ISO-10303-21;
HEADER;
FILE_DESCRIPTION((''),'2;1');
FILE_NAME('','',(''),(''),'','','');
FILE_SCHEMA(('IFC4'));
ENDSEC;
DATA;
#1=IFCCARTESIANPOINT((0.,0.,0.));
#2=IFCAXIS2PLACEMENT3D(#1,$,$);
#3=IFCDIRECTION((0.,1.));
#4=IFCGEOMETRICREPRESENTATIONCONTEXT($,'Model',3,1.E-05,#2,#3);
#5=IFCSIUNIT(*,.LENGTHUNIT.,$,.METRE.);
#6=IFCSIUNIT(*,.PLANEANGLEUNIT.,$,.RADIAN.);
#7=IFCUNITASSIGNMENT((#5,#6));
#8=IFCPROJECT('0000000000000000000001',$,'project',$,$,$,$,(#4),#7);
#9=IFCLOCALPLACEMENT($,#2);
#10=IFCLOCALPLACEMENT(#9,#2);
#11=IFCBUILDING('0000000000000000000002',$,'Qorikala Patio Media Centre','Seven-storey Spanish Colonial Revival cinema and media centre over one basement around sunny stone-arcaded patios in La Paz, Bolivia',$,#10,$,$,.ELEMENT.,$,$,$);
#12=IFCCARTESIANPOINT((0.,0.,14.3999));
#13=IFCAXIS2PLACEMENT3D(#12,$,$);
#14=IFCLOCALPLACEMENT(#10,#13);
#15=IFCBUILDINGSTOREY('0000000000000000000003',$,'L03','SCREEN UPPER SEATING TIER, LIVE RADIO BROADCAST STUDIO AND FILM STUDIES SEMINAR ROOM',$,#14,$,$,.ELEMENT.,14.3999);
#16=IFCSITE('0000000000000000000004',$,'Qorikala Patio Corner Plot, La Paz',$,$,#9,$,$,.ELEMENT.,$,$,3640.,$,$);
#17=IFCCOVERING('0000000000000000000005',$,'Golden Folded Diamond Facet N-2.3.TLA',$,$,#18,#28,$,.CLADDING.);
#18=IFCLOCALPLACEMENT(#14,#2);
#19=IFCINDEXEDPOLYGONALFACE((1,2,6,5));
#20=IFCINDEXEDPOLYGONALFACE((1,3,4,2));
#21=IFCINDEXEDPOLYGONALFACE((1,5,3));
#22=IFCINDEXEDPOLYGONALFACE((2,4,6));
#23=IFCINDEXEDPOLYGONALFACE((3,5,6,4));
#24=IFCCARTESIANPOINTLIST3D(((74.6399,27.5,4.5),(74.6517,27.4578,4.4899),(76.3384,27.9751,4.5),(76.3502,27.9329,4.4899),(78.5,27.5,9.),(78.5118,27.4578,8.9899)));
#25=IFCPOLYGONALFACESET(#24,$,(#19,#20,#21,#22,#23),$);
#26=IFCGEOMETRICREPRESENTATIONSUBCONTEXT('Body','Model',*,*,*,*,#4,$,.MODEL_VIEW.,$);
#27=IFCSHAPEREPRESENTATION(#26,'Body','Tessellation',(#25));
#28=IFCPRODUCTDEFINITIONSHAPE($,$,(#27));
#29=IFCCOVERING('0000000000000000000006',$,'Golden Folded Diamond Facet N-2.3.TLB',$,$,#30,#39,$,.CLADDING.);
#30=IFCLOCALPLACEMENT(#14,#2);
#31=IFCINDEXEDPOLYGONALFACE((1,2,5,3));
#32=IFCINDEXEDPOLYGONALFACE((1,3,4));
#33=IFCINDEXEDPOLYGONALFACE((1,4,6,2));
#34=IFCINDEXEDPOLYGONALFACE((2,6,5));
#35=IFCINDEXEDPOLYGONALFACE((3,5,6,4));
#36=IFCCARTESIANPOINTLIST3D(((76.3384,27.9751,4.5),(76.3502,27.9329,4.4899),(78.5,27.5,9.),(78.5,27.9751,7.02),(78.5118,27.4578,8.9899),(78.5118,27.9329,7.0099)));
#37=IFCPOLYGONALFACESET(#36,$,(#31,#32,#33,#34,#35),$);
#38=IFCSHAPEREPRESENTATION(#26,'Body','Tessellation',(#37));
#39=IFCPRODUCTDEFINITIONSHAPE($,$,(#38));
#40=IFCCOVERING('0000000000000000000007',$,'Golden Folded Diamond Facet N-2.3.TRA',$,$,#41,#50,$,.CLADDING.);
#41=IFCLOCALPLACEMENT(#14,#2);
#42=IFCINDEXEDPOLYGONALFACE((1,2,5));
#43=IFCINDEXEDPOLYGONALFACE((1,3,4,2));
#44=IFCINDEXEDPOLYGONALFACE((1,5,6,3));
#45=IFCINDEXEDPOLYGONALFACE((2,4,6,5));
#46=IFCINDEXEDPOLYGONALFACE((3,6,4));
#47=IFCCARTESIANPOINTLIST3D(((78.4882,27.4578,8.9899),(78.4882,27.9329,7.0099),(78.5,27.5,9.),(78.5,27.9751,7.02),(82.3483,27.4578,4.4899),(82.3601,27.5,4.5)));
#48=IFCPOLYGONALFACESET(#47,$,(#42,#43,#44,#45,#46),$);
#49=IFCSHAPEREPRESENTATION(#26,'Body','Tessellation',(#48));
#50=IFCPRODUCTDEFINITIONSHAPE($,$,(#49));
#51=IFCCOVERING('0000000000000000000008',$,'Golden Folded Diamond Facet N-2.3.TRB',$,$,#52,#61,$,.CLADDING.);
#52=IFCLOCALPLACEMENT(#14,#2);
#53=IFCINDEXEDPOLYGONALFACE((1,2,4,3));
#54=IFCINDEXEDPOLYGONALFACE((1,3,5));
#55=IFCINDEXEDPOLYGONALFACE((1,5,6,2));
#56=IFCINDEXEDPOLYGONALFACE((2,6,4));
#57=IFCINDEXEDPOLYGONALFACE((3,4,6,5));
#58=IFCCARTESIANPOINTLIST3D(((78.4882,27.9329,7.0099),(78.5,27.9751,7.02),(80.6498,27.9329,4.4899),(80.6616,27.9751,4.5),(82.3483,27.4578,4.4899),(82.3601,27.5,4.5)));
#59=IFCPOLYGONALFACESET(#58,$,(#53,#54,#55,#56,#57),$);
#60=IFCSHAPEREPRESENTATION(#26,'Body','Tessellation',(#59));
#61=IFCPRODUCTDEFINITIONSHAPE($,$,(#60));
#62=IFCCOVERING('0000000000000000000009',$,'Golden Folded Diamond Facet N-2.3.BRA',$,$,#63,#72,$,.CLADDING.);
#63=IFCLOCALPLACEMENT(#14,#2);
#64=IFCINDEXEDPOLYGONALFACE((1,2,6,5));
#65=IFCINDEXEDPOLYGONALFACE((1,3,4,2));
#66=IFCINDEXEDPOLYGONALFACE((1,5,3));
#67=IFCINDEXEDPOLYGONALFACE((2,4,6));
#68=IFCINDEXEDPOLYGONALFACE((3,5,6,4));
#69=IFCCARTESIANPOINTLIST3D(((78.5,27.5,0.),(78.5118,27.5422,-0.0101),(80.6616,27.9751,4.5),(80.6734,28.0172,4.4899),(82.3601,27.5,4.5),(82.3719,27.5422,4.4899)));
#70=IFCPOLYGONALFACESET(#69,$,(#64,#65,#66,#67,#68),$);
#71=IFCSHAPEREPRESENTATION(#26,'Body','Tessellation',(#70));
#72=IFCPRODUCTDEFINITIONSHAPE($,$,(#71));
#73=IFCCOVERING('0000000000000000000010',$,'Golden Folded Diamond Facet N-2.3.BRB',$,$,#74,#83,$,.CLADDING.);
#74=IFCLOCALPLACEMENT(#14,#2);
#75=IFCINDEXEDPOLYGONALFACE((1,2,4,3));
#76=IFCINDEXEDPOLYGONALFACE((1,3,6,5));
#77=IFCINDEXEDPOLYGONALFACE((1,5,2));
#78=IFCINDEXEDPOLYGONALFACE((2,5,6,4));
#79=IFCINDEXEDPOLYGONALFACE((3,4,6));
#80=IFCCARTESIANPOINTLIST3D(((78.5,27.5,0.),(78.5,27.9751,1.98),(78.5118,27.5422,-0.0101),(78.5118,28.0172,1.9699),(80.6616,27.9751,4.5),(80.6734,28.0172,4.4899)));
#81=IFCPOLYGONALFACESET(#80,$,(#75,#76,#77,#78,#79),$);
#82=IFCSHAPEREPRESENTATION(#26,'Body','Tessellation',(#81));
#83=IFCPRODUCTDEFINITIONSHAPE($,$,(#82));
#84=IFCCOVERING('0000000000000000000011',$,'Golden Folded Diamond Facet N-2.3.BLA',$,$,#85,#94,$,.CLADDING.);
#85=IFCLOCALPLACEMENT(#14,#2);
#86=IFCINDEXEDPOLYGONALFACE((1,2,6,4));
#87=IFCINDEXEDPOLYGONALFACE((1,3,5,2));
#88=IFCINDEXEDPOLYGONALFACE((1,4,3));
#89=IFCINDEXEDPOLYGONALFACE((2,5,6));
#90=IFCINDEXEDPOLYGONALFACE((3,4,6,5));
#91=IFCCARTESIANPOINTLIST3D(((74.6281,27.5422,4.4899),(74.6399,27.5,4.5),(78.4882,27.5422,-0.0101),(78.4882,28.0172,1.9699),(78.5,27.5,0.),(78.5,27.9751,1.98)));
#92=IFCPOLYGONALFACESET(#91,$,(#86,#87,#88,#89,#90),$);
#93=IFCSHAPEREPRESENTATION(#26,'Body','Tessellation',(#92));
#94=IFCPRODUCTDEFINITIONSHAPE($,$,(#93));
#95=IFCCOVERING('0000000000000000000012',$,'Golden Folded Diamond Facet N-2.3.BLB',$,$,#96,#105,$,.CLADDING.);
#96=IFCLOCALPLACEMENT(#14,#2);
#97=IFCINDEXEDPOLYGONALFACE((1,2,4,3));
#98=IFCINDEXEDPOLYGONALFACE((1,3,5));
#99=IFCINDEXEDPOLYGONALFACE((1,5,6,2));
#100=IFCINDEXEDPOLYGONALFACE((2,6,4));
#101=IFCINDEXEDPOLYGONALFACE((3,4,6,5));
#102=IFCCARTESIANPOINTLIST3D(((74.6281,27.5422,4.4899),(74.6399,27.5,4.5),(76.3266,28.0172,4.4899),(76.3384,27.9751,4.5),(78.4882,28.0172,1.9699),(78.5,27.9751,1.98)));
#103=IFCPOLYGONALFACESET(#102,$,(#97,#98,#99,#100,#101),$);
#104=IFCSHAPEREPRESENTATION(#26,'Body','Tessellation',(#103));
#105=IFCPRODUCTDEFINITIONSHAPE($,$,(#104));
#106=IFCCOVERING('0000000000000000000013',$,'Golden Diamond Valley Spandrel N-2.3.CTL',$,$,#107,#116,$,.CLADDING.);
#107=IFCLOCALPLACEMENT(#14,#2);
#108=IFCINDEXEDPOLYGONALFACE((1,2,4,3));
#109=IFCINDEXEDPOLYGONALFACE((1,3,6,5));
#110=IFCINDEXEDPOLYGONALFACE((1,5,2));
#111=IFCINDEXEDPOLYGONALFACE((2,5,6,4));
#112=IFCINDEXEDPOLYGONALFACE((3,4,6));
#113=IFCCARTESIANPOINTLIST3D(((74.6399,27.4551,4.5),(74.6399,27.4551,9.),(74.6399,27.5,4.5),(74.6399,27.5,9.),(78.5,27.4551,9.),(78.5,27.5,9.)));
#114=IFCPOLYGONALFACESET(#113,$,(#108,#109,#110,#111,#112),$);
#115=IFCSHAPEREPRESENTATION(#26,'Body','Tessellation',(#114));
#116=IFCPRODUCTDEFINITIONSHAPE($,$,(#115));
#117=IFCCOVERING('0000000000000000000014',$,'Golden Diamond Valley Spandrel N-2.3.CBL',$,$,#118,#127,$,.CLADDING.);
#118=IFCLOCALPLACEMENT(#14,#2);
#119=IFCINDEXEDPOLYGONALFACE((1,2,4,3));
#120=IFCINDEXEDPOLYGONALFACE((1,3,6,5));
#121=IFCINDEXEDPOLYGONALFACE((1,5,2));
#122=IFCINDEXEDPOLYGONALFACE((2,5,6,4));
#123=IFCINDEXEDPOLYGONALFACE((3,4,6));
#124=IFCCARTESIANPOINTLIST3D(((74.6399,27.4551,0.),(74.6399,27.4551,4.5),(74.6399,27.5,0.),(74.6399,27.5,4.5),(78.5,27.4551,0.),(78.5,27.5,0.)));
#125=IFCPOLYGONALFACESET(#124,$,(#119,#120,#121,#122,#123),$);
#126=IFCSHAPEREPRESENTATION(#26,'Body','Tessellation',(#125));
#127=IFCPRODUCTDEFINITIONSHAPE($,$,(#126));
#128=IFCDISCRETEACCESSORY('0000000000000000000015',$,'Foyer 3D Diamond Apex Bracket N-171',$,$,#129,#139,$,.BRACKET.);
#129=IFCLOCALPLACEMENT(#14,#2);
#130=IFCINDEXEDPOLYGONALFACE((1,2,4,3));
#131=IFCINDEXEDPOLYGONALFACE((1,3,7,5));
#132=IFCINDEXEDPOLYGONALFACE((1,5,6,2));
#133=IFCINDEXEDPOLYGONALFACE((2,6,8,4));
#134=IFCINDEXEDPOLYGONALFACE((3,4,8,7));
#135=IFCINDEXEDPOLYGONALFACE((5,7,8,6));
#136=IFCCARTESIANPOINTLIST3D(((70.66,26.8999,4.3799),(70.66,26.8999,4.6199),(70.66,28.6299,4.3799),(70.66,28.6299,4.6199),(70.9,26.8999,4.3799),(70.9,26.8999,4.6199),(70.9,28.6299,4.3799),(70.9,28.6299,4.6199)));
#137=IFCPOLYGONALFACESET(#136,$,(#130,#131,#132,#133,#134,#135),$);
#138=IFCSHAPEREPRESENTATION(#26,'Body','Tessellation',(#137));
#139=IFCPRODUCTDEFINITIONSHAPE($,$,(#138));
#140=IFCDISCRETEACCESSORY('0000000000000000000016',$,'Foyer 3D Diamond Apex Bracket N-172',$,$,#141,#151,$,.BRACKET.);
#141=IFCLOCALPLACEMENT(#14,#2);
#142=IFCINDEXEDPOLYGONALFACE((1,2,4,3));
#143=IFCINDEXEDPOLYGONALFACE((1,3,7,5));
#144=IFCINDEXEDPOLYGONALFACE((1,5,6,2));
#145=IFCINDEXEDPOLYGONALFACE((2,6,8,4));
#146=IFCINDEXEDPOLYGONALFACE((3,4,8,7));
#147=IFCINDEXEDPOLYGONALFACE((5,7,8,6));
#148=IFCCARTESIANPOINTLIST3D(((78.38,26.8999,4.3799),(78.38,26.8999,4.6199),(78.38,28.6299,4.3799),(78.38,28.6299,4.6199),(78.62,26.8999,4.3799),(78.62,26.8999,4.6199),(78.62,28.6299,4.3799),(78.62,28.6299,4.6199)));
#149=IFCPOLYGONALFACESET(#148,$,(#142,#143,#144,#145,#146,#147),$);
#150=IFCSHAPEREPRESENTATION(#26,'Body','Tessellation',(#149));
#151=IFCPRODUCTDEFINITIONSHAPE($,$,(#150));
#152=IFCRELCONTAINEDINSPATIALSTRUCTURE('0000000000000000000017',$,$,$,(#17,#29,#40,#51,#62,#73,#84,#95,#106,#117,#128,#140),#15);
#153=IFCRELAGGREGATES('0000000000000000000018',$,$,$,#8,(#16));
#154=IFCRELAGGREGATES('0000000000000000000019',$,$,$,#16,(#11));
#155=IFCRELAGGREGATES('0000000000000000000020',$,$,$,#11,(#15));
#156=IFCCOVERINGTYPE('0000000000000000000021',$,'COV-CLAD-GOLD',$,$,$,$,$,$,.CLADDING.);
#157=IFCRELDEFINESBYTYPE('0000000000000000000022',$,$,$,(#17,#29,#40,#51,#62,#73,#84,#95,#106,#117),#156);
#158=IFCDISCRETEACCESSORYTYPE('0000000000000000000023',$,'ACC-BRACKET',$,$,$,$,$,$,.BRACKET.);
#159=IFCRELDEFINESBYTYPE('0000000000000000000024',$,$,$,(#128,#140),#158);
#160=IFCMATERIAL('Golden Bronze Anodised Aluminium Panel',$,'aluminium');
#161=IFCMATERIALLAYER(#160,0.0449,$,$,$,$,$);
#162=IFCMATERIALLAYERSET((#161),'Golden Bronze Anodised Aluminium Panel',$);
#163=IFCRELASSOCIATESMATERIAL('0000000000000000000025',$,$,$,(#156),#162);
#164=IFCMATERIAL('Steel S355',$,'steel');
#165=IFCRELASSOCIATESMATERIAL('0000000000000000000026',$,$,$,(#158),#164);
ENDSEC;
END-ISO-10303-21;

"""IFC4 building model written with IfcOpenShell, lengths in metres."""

from ifc_helpers import new_model, si_unit, direction, frame, origin, origin_2d, place, context, subcontext, project, spatial, polyline, rectangle, outline, extrude, material, layer, layer_set, type_object, element, save


model = new_model("IFC4")

# Units and contexts
model_context = context("Model", 3, precision=1e-05, world=origin(), true_north=direction((0.0, 1.0)))
body_context = subcontext(model_context, "Body", "Model", "MODEL_VIEW")
ifc_project = project(units=[si_unit("LENGTHUNIT", "METRE"), si_unit("PLANEANGLEUNIT", "RADIAN")], contexts=[model_context])

# Site, building, storey
site_placement = place(None, origin())
site = spatial("IfcSite", under=ifc_project, at=site_placement, Name="Qorikala Patio Corner Plot, La Paz", CompositionType="ELEMENT", RefElevation=3640.0)
building_placement = place(site_placement, origin())
building = spatial("IfcBuilding", under=site, at=building_placement, Name="Qorikala Patio Media Centre", Description="Seven-storey Spanish Colonial Revival cinema and media centre over one basement around sunny stone-arcaded patios in La Paz, Bolivia", CompositionType="ELEMENT")
storey_placement = place(building_placement, frame((0.0, 0.0, 14.3999)))
storey = spatial("IfcBuildingStorey", under=building, at=storey_placement, Name="L03", Description="SCREEN UPPER SEATING TIER, LIVE RADIO BROADCAST STUDIO AND FILM STUDIES SEMINAR ROOM", CompositionType="ELEMENT", Elevation=14.3999)

# Coverings
ifc_material_1 = material(Name="Golden Bronze Anodised Aluminium Panel", Category="aluminium")
ifc_layer_1 = layer(ifc_material_1, 0.0449)
ifc_layer_set_1 = layer_set([ifc_layer_1], Name="Golden Bronze Anodised Aluminium Panel")
covering_type = type_object("IfcCoveringType", Name="COV-CLAD-GOLD", PredefinedType="CLADDING", material=ifc_layer_set_1)
covering_1_placement = place(storey_placement, frame((78.5, 27.5, 9.0), z_axis=(-0.262462, 0.93831, 0.225141), x_axis=(-0.65108, 0.0, -0.759009)))
element("IfcCovering", 1, at=covering_1_placement, inside=storey, type_object=covering_type, Name="Golden Folded Diamond Facet N-2.3.TLA", PredefinedType="CLADDING", context=body_context, shape_type="SweptSolid", body=[
    extrude(outline(polyline([(0.0, 0.0), (5.9288, 0.0), (4.8229, -1.3739), (0.0, 0.0)])), origin(), (0.0, 0.0, -1.0), 0.0449),
])
covering_2_placement = place(storey_placement, frame((78.5, 27.5, 9.0), z_axis=(-0.262476, 0.938304, 0.225147), x_axis=(-0.431047, 0.094739, -0.897342)))
element("IfcCovering", 2, at=covering_2_placement, inside=storey, type_object=covering_type, Name="Golden Folded Diamond Facet N-2.3.TLB", PredefinedType="CLADDING", context=body_context, shape_type="SweptSolid", body=[
    extrude(outline(polyline([(0.0, 0.0), (5.0148, 0.0), (1.8217, -0.9096), (0.0, 0.0)])), origin(), (0.0, 0.0, -1.0), 0.0449),
])
covering_3_placement = place(storey_placement, frame((82.3601, 27.5, 4.5), z_axis=(0.26247, 0.938306, 0.225147), x_axis=(-0.65108, 0.0, 0.759009)))
element("IfcCovering", 3, at=covering_3_placement, inside=storey, type_object=covering_type, Name="Golden Folded Diamond Facet N-2.3.TRA", PredefinedType="CLADDING", context=body_context, shape_type="SweptSolid", body=[
    extrude(outline(polyline([(0.0, 0.0), (5.9288, 0.0), (4.426, -1.3739), (0.0, 0.0)])), origin(), (0.0, 0.0, -1.0), 0.0449),
])
covering_4_placement = place(storey_placement, frame((82.3601, 27.5, 4.5), z_axis=(0.262463, 0.938311, 0.225135), x_axis=(-0.832945, 0.102518, 0.543777)))
element("IfcCovering", 4, at=covering_4_placement, inside=storey, type_object=covering_type, Name="Golden Folded Diamond Facet N-2.3.TRB", PredefinedType="CLADDING", context=body_context, shape_type="SweptSolid", body=[
    extrude(outline(polyline([(0.0, 0.0), (4.6343, 0.0), (1.4635, -0.9843), (0.0, 0.0)])), origin(), (0.0, 0.0, -1.0), 0.0449),
])
covering_5_placement = place(storey_placement, frame((78.5, 27.5, 0.0), z_axis=(-0.262462, -0.93831, 0.225141), x_axis=(0.65108, 0.0, 0.759009)))
element("IfcCovering", 5, at=covering_5_placement, inside=storey, type_object=covering_type, Name="Golden Folded Diamond Facet N-2.3.BRA", PredefinedType="CLADDING", context=body_context, shape_type="SweptSolid", body=[
    extrude(outline(polyline([(0.0, 0.0), (5.9288, 0.0), (4.8229, 1.3739), (0.0, 0.0)])), origin(), (0.0, 0.0, -1.0), 0.0449),
])
covering_6_placement = place(storey_placement, frame((78.5, 27.5, 0.0), z_axis=(-0.262476, -0.938304, 0.225147), x_axis=(0.431047, 0.094739, 0.897342)))
element("IfcCovering", 6, at=covering_6_placement, inside=storey, type_object=covering_type, Name="Golden Folded Diamond Facet N-2.3.BRB", PredefinedType="CLADDING", context=body_context, shape_type="SweptSolid", body=[
    extrude(outline(polyline([(0.0, 0.0), (5.0148, 0.0), (1.8217, 0.9096), (0.0, 0.0)])), origin(), (0.0, 0.0, -1.0), 0.0449),
])
covering_7_placement = place(storey_placement, frame((74.6399, 27.5, 4.5), z_axis=(0.26247, -0.938306, 0.225147), x_axis=(0.65108, 0.0, -0.759009)))
element("IfcCovering", 7, at=covering_7_placement, inside=storey, type_object=covering_type, Name="Golden Folded Diamond Facet N-2.3.BLA", PredefinedType="CLADDING", context=body_context, shape_type="SweptSolid", body=[
    extrude(outline(polyline([(0.0, 0.0), (5.9288, 0.0), (4.426, 1.3739), (0.0, 0.0)])), origin(), (0.0, 0.0, -1.0), 0.0449),
])
covering_8_placement = place(storey_placement, frame((74.6399, 27.5, 4.5), z_axis=(0.262463, -0.938311, 0.225135), x_axis=(0.832945, 0.102518, -0.543777)))
element("IfcCovering", 8, at=covering_8_placement, inside=storey, type_object=covering_type, Name="Golden Folded Diamond Facet N-2.3.BLB", PredefinedType="CLADDING", context=body_context, shape_type="SweptSolid", body=[
    extrude(outline(polyline([(0.0, 0.0), (4.6343, 0.0), (1.4635, 0.9843), (0.0, 0.0)])), origin(), (0.0, 0.0, -1.0), 0.0449),
])
covering_9_placement = place(storey_placement, frame((74.6399, 27.5, 9.0), z_axis=(0.0, 1.0, 0.0), x_axis=(1.0, 0.0, 0.0)))
element("IfcCovering", 9, at=covering_9_placement, inside=storey, type_object=covering_type, Name="Golden Diamond Valley Spandrel N-2.3.CTL", PredefinedType="CLADDING", context=body_context, shape_type="SweptSolid", body=[
    extrude(outline(polyline([(0.0, 0.0), (3.8601, 0.0), (0.0, 4.5), (0.0, 0.0)])), origin(), (0.0, 0.0, -1.0), 0.0449),
])
covering_10_placement = place(storey_placement, frame((74.6399, 27.5, 0.0), z_axis=(0.0, 1.0, 0.0), x_axis=(0.0, 0.0, 1.0)))
element("IfcCovering", 10, at=covering_10_placement, inside=storey, type_object=covering_type, Name="Golden Diamond Valley Spandrel N-2.3.CBL", PredefinedType="CLADDING", context=body_context, shape_type="SweptSolid", body=[
    extrude(outline(polyline([(0.0, 0.0), (4.5, 0.0), (0.0, 3.8601), (0.0, 0.0)])), origin(), (0.0, 0.0, -1.0), 0.0449),
])

# Discrete accessories
ifc_material_2 = material(Name="Steel S355", Category="steel")
discrete_accessory_type = type_object("IfcDiscreteAccessoryType", Name="ACC-BRACKET", PredefinedType="BRACKET", material=ifc_material_2)
for number, where, z_axis, x_axis, name in (
    (11, (70.78, 27.7649, 4.3799), (0.0, 0.0, 1.0), (1.0, 0.0, 0.0), "Foyer 3D Diamond Apex Bracket N-171"),
    (12, (78.5, 27.7649, 4.3799), (0.0, 0.0, 1.0), (1.0, 0.0, 0.0), "Foyer 3D Diamond Apex Bracket N-172"),
):
    element("IfcDiscreteAccessory", number, at=place(storey_placement, frame(where, z_axis=z_axis, x_axis=x_axis)), inside=storey, type_object=discrete_accessory_type, Name=name, PredefinedType="BRACKET", context=body_context, shape_type="SweptSolid", body=[
        extrude(rectangle(XDim=0.24, YDim=1.73, at=origin_2d()), origin(), (0.0, 0.0, 1.0), 0.24),
    ])

save(model, "model.ifc")
